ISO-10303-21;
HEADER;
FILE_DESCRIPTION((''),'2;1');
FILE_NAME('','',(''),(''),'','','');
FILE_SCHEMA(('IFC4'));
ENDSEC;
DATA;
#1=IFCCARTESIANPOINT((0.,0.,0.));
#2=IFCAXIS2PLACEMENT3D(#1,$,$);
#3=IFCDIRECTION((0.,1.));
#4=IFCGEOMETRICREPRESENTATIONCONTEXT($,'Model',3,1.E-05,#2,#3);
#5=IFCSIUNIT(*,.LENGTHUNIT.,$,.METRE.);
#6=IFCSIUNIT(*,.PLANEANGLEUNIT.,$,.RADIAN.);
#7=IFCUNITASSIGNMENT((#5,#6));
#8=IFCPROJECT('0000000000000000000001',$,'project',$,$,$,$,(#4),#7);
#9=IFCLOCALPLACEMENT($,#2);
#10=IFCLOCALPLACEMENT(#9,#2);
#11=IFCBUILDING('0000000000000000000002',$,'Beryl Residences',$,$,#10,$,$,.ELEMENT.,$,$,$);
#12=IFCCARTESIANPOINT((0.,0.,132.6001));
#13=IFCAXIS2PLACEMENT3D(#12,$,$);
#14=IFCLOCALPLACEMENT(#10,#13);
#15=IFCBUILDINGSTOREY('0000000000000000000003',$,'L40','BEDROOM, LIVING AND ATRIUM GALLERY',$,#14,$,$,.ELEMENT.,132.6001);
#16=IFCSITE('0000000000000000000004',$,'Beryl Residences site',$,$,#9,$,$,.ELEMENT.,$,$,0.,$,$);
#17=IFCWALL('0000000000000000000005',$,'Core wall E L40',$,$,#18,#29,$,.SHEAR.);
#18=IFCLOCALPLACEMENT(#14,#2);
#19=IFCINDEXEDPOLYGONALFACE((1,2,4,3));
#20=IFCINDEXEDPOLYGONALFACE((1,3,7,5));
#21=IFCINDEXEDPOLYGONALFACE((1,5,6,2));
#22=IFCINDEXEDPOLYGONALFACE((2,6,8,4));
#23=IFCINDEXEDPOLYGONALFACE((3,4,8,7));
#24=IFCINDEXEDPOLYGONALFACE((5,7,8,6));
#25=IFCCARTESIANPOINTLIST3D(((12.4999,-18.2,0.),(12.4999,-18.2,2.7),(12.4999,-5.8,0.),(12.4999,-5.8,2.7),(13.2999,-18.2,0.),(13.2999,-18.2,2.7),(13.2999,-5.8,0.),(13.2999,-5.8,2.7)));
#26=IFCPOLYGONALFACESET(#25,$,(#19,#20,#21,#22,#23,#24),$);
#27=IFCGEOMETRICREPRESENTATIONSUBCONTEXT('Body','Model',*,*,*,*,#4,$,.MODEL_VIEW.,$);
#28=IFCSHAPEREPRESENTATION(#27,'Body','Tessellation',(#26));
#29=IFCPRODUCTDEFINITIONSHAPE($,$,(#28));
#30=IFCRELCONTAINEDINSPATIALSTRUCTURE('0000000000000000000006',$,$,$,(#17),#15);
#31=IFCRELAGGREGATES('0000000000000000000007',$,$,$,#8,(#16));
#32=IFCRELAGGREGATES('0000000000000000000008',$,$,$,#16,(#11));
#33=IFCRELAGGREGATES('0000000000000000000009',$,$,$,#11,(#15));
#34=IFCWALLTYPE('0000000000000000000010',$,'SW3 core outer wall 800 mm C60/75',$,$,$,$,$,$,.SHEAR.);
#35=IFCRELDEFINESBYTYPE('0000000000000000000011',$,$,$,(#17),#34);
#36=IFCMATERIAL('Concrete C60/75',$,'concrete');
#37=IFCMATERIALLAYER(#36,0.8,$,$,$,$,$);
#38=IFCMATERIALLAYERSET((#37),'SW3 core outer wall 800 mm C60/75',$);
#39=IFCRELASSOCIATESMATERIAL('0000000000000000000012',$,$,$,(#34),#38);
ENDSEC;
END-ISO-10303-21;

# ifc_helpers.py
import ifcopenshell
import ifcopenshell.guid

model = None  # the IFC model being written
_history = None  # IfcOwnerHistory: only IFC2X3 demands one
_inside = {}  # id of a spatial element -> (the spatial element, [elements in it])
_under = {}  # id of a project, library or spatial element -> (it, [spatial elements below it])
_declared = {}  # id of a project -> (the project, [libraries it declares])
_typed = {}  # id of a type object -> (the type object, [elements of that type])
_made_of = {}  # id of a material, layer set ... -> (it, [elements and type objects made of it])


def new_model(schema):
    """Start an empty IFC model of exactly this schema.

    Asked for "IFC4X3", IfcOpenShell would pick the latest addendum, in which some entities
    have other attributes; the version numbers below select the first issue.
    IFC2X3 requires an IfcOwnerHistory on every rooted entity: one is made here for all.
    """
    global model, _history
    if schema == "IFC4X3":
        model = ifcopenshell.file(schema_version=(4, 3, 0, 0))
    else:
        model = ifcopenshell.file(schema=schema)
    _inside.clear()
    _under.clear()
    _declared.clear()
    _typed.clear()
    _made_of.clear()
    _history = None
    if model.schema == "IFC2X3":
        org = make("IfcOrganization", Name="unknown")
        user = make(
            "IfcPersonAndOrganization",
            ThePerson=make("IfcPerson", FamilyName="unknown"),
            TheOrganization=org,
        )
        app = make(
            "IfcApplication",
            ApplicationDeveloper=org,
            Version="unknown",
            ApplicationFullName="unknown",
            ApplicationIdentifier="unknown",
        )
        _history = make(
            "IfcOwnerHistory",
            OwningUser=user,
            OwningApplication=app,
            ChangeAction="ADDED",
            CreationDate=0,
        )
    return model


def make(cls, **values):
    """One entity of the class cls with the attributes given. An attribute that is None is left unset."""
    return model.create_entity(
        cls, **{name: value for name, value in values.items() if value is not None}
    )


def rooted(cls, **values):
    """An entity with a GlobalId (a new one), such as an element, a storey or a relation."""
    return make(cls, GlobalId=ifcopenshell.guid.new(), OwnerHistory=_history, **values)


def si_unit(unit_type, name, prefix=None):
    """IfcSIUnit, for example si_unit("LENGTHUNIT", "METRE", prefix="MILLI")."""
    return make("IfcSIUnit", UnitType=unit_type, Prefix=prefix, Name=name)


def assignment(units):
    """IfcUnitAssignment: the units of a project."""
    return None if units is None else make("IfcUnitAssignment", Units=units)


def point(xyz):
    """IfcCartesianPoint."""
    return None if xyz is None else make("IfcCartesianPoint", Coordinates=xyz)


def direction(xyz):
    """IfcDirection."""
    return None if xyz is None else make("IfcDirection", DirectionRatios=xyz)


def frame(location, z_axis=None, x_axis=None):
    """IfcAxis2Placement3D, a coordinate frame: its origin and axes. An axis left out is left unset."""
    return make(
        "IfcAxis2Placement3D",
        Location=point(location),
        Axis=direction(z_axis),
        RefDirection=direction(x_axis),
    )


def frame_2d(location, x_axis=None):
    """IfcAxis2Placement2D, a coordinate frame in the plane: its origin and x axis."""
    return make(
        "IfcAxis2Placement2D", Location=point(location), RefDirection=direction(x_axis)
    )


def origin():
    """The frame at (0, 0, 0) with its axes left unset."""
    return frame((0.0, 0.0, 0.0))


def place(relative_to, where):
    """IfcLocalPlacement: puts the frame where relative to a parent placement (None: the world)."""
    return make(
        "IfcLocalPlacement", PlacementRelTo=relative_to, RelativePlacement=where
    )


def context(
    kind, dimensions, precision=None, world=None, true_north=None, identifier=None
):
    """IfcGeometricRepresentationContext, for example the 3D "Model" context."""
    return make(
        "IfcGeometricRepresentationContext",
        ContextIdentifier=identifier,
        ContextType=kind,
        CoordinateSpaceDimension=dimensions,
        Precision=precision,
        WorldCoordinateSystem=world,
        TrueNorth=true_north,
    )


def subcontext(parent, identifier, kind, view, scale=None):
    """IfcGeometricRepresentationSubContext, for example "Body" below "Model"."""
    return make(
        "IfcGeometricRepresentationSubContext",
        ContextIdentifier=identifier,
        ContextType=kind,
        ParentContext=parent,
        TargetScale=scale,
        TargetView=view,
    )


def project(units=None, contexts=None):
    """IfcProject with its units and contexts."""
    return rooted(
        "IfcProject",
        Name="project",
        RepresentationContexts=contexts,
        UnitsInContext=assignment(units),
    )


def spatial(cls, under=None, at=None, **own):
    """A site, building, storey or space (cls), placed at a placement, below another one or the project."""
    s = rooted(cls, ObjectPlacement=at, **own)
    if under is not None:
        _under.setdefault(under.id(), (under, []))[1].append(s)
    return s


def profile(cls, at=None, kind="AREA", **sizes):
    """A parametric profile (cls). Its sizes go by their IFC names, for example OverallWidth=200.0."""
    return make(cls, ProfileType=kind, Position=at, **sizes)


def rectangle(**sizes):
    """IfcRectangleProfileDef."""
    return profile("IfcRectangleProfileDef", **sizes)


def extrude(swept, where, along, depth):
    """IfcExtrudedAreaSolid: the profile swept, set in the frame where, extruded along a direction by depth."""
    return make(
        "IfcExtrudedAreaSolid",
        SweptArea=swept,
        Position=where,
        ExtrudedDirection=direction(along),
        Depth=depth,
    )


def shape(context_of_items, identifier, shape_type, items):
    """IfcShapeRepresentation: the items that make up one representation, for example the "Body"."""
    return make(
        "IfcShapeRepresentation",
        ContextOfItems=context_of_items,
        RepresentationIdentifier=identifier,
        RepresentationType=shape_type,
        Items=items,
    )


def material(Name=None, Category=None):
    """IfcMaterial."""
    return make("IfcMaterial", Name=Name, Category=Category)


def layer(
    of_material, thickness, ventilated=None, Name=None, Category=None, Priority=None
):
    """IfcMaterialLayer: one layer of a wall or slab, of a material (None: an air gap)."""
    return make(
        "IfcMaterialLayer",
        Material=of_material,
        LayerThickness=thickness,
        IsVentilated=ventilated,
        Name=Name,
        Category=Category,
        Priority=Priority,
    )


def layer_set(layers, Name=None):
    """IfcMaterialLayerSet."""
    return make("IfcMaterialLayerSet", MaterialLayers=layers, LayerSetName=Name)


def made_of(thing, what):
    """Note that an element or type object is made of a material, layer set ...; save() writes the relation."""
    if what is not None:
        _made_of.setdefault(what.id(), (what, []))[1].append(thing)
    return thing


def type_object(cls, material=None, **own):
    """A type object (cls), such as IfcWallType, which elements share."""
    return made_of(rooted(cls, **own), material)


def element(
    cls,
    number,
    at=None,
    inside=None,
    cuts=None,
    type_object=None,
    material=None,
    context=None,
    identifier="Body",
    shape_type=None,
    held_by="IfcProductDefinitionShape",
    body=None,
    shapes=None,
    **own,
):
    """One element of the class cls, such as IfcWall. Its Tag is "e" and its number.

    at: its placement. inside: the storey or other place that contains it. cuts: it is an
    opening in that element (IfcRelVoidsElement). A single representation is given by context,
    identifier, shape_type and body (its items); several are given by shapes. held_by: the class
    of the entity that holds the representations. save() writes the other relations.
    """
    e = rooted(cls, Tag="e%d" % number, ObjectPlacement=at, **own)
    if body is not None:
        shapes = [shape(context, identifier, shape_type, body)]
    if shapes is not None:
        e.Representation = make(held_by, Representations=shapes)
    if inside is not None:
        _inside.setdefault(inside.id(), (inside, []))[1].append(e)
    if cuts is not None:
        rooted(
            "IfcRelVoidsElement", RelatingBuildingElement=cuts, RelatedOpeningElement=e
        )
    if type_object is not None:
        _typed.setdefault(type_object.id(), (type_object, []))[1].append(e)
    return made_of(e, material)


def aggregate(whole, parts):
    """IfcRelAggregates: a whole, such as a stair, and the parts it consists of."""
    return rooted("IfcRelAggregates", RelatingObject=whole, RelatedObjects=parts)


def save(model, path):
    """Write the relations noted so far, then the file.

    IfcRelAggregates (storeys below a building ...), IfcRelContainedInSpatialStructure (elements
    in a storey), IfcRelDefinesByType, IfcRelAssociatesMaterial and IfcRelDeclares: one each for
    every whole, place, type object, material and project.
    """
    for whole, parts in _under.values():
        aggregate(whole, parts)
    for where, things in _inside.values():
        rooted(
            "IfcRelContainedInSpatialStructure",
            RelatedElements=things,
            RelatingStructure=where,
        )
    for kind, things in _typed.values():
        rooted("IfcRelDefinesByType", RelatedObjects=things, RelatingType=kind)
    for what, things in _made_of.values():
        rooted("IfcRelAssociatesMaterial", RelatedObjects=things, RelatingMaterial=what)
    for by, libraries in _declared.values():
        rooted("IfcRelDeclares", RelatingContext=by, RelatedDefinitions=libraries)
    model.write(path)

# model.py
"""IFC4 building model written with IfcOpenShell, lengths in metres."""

from ifc_helpers import new_model, si_unit, direction, frame, frame_2d, origin, place, context, subcontext, project, spatial, rectangle, extrude, material, layer, layer_set, type_object, element, save


model = new_model("IFC4")

# Units and contexts
model_context = context("Model", 3, precision=1e-05, world=origin(), true_north=direction((0.0, 1.0)))
body_context = subcontext(model_context, "Body", "Model", "MODEL_VIEW")
ifc_project = project(units=[si_unit("LENGTHUNIT", "METRE"), si_unit("PLANEANGLEUNIT", "RADIAN")], contexts=[model_context])

# Site, building, storey
site_placement = place(None, origin())
site = spatial("IfcSite", under=ifc_project, at=site_placement, Name="Beryl Residences site", CompositionType="ELEMENT", RefElevation=0.0)
building_placement = place(site_placement, origin())
building = spatial("IfcBuilding", under=site, at=building_placement, Name="Beryl Residences", CompositionType="ELEMENT")
storey_placement = place(building_placement, frame((0.0, 0.0, 132.6001)))
storey = spatial("IfcBuildingStorey", under=building, at=storey_placement, Name="L40", Description="BEDROOM, LIVING AND ATRIUM GALLERY", CompositionType="ELEMENT", Elevation=132.6001)

# Wall
ifc_material_1 = material(Name="Concrete C60/75", Category="concrete")
ifc_layer_1 = layer(ifc_material_1, 0.8)
ifc_layer_set_1 = layer_set([ifc_layer_1], Name="SW3 core outer wall 800 mm C60/75")
wall_type_1 = type_object("IfcWallType", Name="SW3 core outer wall 800 mm C60/75", PredefinedType="SHEAR", material=ifc_layer_set_1)
wall_1_placement = place(storey_placement, frame((12.8999, -18.2, 0.0), z_axis=(0.0, 0.0, 1.0), x_axis=(0.0, 1.0, 0.0)))
element("IfcWall", 1, at=wall_1_placement, inside=storey, type_object=wall_type_1, Name="Core wall E L40", PredefinedType="SHEAR", context=body_context, shape_type="SweptSolid", body=[
    extrude(rectangle(XDim=12.3999, YDim=0.8, at=frame_2d((6.2, 0.0))), origin(), (0.0, 0.0, 1.0), 2.7),
])

save(model, "model.ifc")
